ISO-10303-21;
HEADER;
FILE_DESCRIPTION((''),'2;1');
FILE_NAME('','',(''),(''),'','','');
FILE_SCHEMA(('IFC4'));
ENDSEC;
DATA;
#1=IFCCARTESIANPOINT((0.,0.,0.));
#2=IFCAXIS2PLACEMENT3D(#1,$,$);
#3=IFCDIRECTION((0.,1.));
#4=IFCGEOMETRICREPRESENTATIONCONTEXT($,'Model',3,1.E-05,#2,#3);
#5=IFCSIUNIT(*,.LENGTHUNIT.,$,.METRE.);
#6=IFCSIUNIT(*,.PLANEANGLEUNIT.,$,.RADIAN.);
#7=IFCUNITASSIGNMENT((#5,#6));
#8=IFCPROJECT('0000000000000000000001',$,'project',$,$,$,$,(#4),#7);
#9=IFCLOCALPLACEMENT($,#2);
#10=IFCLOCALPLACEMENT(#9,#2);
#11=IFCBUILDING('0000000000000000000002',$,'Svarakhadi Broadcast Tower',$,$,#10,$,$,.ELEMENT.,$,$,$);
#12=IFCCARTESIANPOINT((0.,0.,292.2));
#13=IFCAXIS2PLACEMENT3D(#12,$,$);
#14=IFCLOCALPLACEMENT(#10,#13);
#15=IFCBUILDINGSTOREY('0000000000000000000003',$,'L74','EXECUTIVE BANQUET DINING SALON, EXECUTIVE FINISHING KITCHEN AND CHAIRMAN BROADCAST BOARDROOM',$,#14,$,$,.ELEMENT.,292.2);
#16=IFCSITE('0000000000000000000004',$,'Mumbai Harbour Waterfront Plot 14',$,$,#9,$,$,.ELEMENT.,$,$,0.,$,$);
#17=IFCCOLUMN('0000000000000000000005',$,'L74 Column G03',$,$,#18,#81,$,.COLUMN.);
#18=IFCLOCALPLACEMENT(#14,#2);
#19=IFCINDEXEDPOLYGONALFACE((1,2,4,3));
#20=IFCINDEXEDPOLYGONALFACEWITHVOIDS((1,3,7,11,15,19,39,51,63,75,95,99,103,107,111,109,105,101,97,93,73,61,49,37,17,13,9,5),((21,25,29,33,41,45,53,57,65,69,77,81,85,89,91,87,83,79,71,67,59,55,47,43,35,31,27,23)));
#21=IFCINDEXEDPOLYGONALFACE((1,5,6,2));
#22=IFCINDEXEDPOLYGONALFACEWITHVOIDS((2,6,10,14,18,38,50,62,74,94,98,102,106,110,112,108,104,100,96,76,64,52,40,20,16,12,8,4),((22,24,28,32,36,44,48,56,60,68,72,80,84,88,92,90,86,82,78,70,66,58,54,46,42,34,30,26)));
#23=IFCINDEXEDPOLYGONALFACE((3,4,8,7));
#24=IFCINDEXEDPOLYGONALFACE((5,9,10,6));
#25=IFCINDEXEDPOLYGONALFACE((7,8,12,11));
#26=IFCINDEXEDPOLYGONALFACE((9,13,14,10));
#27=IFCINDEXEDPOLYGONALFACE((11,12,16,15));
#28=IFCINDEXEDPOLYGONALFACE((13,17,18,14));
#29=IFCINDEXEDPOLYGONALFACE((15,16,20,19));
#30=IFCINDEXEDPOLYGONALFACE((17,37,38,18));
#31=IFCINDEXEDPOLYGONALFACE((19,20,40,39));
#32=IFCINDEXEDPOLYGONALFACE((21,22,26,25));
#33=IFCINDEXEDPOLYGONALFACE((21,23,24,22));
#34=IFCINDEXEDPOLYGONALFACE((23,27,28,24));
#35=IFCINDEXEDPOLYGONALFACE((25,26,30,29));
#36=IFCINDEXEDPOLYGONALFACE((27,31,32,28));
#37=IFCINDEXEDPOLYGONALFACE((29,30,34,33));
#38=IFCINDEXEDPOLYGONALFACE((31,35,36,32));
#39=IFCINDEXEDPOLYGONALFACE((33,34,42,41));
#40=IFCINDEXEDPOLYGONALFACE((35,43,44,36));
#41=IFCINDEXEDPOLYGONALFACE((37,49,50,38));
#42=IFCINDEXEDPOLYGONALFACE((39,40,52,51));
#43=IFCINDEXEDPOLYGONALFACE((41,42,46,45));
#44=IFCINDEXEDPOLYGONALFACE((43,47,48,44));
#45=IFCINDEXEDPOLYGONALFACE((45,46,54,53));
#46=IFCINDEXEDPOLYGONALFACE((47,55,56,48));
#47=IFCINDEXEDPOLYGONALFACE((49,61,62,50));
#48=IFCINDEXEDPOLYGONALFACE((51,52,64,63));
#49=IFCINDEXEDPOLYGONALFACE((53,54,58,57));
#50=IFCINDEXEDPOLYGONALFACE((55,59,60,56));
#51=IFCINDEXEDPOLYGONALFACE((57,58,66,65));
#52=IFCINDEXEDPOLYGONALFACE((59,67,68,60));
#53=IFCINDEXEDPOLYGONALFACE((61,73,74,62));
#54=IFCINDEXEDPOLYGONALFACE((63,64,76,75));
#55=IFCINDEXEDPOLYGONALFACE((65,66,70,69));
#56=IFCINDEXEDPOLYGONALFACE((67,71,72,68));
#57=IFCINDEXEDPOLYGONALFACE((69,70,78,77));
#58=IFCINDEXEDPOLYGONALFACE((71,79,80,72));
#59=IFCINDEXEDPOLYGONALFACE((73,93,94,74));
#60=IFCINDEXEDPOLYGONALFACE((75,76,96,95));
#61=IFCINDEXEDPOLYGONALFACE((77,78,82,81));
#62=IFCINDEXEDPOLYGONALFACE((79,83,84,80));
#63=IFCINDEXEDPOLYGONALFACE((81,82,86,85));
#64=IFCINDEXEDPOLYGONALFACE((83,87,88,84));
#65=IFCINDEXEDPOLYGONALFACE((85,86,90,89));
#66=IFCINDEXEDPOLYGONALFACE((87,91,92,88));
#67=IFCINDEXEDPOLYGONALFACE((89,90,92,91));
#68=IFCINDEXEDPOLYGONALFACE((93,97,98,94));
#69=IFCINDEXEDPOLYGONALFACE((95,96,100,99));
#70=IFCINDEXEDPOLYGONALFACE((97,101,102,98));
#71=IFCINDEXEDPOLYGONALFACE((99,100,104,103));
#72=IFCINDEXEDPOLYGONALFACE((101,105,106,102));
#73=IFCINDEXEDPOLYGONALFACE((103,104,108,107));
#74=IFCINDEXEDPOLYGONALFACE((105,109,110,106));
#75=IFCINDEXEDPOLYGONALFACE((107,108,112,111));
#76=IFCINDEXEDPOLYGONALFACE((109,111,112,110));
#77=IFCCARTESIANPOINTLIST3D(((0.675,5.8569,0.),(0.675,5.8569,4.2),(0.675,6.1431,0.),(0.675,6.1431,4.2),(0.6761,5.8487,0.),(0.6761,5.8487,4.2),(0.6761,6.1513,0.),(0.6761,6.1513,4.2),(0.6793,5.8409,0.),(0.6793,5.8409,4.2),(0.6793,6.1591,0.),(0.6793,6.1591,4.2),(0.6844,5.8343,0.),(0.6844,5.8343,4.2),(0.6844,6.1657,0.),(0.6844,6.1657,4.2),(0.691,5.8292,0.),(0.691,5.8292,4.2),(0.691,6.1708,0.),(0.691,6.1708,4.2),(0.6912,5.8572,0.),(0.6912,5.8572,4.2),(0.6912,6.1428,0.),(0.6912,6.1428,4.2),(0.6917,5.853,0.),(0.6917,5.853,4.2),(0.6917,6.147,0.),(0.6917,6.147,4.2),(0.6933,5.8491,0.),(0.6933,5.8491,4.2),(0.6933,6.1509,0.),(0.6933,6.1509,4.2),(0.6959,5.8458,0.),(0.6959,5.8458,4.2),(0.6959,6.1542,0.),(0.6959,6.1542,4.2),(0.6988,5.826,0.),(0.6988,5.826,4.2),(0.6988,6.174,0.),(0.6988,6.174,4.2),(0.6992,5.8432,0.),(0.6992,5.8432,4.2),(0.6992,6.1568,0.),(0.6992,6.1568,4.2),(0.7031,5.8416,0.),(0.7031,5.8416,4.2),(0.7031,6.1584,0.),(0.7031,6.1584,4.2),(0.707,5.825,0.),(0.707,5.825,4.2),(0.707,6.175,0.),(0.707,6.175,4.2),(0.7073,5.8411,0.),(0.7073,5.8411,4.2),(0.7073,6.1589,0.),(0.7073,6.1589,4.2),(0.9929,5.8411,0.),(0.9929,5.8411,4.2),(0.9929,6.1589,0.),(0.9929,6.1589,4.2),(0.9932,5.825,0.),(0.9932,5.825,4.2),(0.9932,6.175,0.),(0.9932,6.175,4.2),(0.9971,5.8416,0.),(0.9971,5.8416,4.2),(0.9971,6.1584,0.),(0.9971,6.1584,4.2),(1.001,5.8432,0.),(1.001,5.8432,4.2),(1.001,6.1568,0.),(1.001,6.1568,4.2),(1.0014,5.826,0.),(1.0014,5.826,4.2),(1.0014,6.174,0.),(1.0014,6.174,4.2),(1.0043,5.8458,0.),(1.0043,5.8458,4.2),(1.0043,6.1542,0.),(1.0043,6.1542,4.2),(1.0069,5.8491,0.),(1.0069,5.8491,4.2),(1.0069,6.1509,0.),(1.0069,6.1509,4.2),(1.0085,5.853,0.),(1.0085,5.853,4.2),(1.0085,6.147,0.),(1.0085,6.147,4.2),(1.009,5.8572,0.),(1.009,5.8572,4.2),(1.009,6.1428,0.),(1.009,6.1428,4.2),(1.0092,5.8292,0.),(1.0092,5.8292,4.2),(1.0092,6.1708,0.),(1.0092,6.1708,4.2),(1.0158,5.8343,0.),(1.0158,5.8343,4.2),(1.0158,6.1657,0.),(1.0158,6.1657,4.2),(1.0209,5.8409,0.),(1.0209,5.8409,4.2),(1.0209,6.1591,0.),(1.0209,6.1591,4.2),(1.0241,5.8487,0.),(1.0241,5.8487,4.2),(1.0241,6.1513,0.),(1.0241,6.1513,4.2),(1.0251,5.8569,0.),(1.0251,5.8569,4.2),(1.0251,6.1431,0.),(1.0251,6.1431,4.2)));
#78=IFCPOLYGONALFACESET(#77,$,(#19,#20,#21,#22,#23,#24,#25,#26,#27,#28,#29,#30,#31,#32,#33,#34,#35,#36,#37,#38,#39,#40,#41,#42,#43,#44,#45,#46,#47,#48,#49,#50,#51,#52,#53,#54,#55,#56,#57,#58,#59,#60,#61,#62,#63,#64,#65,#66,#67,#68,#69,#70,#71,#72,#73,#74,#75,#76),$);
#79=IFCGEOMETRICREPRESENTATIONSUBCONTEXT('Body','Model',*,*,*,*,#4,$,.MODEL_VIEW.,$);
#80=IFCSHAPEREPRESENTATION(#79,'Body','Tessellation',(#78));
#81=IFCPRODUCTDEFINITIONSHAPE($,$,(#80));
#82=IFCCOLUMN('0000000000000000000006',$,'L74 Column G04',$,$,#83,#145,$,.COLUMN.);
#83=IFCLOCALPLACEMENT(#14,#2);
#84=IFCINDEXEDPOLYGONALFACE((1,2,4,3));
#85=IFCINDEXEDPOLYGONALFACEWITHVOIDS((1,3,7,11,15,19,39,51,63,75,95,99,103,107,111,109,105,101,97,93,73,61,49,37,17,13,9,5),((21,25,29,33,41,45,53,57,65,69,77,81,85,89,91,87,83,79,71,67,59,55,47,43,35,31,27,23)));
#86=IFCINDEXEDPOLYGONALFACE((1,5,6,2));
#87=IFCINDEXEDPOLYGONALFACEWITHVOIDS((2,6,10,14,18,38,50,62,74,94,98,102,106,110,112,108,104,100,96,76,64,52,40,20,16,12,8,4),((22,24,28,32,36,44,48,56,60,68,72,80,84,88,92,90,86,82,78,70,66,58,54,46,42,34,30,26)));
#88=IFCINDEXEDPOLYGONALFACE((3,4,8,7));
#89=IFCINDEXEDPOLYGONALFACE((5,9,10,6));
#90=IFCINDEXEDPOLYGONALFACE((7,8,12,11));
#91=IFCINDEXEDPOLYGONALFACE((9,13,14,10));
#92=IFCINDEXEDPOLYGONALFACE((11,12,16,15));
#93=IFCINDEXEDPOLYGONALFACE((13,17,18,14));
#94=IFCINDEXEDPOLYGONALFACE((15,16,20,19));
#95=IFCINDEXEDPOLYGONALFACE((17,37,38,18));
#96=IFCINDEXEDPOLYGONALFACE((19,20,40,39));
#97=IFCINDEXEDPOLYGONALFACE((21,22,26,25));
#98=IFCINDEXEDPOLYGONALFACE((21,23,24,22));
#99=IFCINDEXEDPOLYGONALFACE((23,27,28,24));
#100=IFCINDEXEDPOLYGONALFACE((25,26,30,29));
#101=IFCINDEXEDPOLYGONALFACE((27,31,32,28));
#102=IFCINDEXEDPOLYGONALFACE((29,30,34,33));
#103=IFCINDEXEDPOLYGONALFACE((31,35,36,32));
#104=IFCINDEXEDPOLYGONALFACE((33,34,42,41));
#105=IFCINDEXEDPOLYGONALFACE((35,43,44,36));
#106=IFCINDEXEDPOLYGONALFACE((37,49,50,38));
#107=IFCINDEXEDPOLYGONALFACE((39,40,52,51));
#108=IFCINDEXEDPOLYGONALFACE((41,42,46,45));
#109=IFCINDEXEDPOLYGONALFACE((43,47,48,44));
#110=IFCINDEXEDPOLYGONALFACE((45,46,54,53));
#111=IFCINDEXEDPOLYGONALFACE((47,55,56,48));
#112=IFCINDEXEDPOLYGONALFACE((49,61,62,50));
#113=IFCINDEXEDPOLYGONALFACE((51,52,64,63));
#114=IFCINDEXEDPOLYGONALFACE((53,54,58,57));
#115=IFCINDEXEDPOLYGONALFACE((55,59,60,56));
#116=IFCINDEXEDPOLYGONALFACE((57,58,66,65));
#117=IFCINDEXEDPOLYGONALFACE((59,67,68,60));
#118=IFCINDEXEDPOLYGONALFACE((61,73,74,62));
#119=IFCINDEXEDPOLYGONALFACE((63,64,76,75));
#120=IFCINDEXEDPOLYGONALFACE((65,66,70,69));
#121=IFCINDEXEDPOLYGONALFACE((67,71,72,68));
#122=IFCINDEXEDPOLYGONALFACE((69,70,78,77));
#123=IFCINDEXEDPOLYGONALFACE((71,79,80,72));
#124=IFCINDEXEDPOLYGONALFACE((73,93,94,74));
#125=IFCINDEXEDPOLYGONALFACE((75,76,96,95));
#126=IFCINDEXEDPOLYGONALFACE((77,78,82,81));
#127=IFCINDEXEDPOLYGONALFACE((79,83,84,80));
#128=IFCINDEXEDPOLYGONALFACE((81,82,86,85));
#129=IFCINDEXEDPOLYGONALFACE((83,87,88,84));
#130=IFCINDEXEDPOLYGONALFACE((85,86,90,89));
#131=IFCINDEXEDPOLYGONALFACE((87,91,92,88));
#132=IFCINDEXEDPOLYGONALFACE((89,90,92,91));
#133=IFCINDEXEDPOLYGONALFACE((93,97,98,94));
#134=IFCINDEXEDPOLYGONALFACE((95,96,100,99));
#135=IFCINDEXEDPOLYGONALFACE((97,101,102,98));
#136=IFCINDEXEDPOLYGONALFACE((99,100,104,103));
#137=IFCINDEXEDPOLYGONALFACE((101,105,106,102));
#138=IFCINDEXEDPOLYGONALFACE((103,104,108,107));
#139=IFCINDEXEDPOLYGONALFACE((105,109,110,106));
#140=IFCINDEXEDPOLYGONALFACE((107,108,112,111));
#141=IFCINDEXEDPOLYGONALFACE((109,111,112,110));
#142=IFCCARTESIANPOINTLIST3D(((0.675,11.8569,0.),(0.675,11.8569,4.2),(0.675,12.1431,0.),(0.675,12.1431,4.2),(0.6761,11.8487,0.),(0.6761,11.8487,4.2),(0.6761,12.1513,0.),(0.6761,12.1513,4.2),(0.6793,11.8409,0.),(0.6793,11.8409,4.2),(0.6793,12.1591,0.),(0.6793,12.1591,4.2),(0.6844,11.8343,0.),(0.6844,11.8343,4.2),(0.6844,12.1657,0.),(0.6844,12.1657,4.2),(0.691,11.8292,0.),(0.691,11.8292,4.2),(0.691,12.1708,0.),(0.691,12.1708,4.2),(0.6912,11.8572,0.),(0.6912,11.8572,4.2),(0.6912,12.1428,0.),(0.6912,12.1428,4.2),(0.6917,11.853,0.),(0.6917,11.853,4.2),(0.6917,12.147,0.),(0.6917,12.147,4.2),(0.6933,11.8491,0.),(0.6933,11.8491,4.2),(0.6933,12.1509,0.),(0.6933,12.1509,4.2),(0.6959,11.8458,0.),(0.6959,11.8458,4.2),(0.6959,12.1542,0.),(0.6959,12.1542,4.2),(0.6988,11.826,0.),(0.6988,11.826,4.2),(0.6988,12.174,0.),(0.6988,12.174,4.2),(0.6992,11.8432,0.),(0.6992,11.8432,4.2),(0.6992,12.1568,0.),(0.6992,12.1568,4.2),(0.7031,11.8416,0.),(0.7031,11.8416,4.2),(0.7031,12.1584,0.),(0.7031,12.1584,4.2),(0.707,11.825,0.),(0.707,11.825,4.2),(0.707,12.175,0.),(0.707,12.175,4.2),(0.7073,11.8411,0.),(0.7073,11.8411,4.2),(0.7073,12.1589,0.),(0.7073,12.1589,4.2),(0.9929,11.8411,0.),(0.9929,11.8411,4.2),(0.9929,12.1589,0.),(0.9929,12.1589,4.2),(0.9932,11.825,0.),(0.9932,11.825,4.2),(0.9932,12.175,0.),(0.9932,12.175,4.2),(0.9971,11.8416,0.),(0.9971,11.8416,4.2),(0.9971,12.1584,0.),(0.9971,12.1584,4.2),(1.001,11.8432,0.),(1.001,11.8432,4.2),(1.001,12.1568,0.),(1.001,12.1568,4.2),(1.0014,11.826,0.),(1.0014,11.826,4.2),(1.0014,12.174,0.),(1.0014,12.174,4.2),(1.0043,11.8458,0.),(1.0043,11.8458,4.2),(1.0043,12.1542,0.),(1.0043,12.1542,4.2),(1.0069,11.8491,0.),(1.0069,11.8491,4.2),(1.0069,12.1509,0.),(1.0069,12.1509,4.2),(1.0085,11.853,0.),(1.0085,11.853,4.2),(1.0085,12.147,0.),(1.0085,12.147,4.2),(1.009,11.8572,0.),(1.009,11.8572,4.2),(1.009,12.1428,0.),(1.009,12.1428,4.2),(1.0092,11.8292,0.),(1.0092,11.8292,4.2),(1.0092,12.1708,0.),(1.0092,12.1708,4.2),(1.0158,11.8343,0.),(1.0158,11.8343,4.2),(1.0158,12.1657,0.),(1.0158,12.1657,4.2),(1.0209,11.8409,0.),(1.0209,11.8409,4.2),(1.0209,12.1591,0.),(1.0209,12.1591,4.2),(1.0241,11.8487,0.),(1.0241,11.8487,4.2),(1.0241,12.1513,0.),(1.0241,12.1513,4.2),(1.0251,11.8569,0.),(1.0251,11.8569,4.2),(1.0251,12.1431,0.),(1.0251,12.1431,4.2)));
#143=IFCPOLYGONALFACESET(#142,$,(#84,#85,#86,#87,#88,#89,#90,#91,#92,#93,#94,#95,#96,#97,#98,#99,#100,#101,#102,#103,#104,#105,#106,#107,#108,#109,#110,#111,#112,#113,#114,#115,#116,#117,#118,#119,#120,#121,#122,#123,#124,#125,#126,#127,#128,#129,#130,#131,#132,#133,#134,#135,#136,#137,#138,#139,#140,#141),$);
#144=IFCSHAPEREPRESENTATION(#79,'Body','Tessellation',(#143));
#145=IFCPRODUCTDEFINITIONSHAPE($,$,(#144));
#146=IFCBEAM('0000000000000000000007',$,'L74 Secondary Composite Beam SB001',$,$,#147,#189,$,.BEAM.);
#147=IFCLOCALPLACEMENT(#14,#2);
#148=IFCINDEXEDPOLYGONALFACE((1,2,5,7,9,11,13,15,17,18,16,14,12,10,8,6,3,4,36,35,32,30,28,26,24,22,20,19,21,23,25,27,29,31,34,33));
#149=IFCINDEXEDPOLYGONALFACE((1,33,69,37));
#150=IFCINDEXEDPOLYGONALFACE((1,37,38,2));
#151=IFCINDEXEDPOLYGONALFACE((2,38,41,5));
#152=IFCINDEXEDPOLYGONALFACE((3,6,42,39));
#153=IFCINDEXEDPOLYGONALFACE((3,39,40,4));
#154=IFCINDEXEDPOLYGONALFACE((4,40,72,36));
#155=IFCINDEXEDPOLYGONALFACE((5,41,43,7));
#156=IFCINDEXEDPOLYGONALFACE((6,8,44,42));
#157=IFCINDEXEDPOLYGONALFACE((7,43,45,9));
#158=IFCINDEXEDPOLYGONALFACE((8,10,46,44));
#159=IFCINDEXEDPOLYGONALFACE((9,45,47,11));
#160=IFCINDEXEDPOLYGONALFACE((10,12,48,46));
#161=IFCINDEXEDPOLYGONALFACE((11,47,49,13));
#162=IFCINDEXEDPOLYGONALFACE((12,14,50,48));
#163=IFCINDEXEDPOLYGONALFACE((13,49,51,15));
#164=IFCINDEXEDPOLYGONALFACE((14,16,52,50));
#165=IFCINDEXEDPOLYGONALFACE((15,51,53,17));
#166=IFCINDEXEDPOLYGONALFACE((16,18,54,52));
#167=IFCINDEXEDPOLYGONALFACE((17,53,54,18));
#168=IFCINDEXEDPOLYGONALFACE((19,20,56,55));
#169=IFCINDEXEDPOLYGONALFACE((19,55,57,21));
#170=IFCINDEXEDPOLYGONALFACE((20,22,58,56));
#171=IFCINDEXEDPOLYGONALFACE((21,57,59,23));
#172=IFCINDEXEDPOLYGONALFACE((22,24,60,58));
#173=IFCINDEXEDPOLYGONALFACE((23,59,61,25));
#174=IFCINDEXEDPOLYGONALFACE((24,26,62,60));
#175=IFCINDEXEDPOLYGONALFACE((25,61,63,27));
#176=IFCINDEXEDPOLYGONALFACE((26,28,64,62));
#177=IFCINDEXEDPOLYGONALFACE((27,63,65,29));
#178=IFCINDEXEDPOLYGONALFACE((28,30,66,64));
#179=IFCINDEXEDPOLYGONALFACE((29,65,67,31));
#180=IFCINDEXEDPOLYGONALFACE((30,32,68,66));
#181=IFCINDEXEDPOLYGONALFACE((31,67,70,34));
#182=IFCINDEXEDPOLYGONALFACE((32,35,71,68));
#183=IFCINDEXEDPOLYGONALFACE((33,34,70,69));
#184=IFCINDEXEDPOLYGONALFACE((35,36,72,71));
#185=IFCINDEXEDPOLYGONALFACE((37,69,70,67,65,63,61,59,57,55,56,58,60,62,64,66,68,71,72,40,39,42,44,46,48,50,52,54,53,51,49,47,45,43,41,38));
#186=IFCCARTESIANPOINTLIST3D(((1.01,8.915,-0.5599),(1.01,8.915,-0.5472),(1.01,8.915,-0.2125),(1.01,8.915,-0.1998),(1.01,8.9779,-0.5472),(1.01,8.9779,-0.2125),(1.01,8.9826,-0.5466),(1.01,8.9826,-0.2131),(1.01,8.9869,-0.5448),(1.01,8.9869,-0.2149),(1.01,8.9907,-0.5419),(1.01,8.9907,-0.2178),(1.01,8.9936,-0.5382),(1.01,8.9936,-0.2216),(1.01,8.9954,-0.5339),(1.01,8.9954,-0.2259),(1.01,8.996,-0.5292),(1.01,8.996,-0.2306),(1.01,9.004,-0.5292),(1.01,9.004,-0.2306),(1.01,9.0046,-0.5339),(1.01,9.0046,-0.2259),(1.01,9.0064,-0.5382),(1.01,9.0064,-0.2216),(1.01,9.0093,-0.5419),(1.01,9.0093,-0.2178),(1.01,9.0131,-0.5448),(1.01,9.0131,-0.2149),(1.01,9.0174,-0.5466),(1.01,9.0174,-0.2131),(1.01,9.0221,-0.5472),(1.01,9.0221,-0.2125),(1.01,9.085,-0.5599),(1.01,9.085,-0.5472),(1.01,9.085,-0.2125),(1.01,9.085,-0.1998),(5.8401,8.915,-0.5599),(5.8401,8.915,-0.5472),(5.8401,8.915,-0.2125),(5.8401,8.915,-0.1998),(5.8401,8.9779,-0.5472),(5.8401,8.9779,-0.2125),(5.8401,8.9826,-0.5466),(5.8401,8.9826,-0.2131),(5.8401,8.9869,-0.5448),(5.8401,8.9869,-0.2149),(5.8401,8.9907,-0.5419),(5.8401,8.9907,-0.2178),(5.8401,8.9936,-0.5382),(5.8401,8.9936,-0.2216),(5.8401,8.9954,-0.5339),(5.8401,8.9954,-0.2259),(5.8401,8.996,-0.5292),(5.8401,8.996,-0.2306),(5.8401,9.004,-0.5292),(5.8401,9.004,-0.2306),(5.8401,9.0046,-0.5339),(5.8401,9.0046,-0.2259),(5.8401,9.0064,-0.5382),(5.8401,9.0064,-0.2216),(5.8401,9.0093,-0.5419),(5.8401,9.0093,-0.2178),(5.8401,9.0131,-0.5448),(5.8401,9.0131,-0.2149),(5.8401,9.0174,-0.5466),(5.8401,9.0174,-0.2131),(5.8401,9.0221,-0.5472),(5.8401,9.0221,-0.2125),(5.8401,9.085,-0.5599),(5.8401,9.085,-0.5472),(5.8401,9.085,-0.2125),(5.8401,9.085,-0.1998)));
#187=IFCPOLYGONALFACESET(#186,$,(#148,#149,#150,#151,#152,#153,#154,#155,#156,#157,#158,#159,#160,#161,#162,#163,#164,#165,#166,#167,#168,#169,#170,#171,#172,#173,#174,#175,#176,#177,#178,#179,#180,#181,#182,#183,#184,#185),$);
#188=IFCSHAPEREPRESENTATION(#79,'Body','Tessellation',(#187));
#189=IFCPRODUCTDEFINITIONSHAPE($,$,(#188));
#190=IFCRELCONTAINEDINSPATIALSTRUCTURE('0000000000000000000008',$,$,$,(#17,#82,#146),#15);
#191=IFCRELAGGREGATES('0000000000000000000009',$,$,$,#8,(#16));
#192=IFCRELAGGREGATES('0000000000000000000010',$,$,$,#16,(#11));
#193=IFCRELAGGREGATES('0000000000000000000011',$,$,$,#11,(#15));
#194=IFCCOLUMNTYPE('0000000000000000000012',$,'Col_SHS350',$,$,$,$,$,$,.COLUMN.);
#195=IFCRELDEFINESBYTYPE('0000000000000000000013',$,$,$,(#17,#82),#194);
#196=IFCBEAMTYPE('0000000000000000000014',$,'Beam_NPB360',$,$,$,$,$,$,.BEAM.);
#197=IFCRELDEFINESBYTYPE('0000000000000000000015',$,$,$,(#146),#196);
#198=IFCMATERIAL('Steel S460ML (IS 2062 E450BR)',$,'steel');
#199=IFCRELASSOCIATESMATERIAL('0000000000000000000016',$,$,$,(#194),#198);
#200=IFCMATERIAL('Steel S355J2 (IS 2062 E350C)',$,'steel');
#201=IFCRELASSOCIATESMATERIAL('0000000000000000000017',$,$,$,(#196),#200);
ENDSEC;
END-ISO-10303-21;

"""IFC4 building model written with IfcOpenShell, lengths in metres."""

from ifc_helpers import new_model, si_unit, direction, frame, origin, origin_2d, place, context, subcontext, project, spatial, hollow_rectangle, i_section, extrude, material, material_profile, profile_set, type_object, element, save


model = new_model("IFC4")

# Units and contexts
model_context = context("Model", 3, precision=1e-05, world=origin(), true_north=direction((0.0, 1.0)))
body_context = subcontext(model_context, "Body", "Model", "MODEL_VIEW")
ifc_project = project(units=[si_unit("LENGTHUNIT", "METRE"), si_unit("PLANEANGLEUNIT", "RADIAN")], contexts=[model_context])

# Site, building, storey
site_placement = place(None, origin())
site = spatial("IfcSite", under=ifc_project, at=site_placement, Name="Mumbai Harbour Waterfront Plot 14", CompositionType="ELEMENT", RefElevation=0.0)
building_placement = place(site_placement, origin())
building = spatial("IfcBuilding", under=site, at=building_placement, Name="Svarakhadi Broadcast Tower", CompositionType="ELEMENT")
storey_placement = place(building_placement, frame((0.0, 0.0, 292.2)))
storey = spatial("IfcBuildingStorey", under=building, at=storey_placement, Name="L74", Description="EXECUTIVE BANQUET DINING SALON, EXECUTIVE FINISHING KITCHEN AND CHAIRMAN BROADCAST BOARDROOM", CompositionType="ELEMENT", Elevation=292.2)

# Columns
ifc_material_1 = material(Name="Steel S460ML (IS 2062 E450BR)", Category="steel")
ifc_material_profile_1 = material_profile(ifc_material_1, hollow_rectangle(XDim=0.3501, YDim=0.3501, WallThickness=0.0161, InnerFilletRadius=0.0161, OuterFilletRadius=0.032, at=origin_2d()), Name="SHS 350x350x16")
ifc_profile_set_1 = profile_set([ifc_material_profile_1], Name="Steel S460ML (IS 2062 E450BR)")
column_type = type_object("IfcColumnType", Name="Col_SHS350", PredefinedType="COLUMN", material=ifc_profile_set_1)
for number, where, z_axis, x_axis, name in (
    (1, (0.8501, 6.0, 0.0), (0.0, 0.0, 1.0), (1.0, 0.0, 0.0), "L74 Column G03"),
    (2, (0.8501, 12.0, 0.0), (0.0, 0.0, 1.0), (1.0, 0.0, 0.0), "L74 Column G04"),
):
    element("IfcColumn", number, at=place(storey_placement, frame(where, z_axis=z_axis, x_axis=x_axis)), inside=storey, type_object=column_type, Name=name, PredefinedType="COLUMN", context=body_context, shape_type="SweptSolid", body=[
        extrude(hollow_rectangle(XDim=0.3501, YDim=0.3501, WallThickness=0.0161, InnerFilletRadius=0.0161, OuterFilletRadius=0.032, at=origin_2d()), origin(), (0.0, 0.0, 1.0), 4.2),
    ])

# Beam
ifc_material_2 = material(Name="Steel S355J2 (IS 2062 E350C)", Category="steel")
ifc_material_profile_2 = material_profile(ifc_material_2, i_section(OverallWidth=0.1699, OverallDepth=0.3601, WebThickness=0.0081, FlangeThickness=0.0127, FilletRadius=0.0181, at=origin_2d()), Name="NPB 360x170x57")
ifc_profile_set_2 = profile_set([ifc_material_profile_2], Name="Steel S355J2 (IS 2062 E350C)")
beam_type_1 = type_object("IfcBeamType", Name="Beam_NPB360", PredefinedType="BEAM", material=ifc_profile_set_2)
beam_1_placement = place(storey_placement, frame((1.01, 9.0, -0.3799), z_axis=(1.0, 0.0, 0.0), x_axis=(0.0, 1.0, 0.0)))
element("IfcBeam", 3, at=beam_1_placement, inside=storey, type_object=beam_type_1, Name="L74 Secondary Composite Beam SB001", PredefinedType="BEAM", context=body_context, shape_type="SweptSolid", body=[
    extrude(i_section(OverallWidth=0.1699, OverallDepth=0.3601, WebThickness=0.0081, FlangeThickness=0.0127, FilletRadius=0.0181, at=origin_2d()), origin(), (0.0, 0.0, 1.0), 4.8301),
])

save(model, "model.ifc")
